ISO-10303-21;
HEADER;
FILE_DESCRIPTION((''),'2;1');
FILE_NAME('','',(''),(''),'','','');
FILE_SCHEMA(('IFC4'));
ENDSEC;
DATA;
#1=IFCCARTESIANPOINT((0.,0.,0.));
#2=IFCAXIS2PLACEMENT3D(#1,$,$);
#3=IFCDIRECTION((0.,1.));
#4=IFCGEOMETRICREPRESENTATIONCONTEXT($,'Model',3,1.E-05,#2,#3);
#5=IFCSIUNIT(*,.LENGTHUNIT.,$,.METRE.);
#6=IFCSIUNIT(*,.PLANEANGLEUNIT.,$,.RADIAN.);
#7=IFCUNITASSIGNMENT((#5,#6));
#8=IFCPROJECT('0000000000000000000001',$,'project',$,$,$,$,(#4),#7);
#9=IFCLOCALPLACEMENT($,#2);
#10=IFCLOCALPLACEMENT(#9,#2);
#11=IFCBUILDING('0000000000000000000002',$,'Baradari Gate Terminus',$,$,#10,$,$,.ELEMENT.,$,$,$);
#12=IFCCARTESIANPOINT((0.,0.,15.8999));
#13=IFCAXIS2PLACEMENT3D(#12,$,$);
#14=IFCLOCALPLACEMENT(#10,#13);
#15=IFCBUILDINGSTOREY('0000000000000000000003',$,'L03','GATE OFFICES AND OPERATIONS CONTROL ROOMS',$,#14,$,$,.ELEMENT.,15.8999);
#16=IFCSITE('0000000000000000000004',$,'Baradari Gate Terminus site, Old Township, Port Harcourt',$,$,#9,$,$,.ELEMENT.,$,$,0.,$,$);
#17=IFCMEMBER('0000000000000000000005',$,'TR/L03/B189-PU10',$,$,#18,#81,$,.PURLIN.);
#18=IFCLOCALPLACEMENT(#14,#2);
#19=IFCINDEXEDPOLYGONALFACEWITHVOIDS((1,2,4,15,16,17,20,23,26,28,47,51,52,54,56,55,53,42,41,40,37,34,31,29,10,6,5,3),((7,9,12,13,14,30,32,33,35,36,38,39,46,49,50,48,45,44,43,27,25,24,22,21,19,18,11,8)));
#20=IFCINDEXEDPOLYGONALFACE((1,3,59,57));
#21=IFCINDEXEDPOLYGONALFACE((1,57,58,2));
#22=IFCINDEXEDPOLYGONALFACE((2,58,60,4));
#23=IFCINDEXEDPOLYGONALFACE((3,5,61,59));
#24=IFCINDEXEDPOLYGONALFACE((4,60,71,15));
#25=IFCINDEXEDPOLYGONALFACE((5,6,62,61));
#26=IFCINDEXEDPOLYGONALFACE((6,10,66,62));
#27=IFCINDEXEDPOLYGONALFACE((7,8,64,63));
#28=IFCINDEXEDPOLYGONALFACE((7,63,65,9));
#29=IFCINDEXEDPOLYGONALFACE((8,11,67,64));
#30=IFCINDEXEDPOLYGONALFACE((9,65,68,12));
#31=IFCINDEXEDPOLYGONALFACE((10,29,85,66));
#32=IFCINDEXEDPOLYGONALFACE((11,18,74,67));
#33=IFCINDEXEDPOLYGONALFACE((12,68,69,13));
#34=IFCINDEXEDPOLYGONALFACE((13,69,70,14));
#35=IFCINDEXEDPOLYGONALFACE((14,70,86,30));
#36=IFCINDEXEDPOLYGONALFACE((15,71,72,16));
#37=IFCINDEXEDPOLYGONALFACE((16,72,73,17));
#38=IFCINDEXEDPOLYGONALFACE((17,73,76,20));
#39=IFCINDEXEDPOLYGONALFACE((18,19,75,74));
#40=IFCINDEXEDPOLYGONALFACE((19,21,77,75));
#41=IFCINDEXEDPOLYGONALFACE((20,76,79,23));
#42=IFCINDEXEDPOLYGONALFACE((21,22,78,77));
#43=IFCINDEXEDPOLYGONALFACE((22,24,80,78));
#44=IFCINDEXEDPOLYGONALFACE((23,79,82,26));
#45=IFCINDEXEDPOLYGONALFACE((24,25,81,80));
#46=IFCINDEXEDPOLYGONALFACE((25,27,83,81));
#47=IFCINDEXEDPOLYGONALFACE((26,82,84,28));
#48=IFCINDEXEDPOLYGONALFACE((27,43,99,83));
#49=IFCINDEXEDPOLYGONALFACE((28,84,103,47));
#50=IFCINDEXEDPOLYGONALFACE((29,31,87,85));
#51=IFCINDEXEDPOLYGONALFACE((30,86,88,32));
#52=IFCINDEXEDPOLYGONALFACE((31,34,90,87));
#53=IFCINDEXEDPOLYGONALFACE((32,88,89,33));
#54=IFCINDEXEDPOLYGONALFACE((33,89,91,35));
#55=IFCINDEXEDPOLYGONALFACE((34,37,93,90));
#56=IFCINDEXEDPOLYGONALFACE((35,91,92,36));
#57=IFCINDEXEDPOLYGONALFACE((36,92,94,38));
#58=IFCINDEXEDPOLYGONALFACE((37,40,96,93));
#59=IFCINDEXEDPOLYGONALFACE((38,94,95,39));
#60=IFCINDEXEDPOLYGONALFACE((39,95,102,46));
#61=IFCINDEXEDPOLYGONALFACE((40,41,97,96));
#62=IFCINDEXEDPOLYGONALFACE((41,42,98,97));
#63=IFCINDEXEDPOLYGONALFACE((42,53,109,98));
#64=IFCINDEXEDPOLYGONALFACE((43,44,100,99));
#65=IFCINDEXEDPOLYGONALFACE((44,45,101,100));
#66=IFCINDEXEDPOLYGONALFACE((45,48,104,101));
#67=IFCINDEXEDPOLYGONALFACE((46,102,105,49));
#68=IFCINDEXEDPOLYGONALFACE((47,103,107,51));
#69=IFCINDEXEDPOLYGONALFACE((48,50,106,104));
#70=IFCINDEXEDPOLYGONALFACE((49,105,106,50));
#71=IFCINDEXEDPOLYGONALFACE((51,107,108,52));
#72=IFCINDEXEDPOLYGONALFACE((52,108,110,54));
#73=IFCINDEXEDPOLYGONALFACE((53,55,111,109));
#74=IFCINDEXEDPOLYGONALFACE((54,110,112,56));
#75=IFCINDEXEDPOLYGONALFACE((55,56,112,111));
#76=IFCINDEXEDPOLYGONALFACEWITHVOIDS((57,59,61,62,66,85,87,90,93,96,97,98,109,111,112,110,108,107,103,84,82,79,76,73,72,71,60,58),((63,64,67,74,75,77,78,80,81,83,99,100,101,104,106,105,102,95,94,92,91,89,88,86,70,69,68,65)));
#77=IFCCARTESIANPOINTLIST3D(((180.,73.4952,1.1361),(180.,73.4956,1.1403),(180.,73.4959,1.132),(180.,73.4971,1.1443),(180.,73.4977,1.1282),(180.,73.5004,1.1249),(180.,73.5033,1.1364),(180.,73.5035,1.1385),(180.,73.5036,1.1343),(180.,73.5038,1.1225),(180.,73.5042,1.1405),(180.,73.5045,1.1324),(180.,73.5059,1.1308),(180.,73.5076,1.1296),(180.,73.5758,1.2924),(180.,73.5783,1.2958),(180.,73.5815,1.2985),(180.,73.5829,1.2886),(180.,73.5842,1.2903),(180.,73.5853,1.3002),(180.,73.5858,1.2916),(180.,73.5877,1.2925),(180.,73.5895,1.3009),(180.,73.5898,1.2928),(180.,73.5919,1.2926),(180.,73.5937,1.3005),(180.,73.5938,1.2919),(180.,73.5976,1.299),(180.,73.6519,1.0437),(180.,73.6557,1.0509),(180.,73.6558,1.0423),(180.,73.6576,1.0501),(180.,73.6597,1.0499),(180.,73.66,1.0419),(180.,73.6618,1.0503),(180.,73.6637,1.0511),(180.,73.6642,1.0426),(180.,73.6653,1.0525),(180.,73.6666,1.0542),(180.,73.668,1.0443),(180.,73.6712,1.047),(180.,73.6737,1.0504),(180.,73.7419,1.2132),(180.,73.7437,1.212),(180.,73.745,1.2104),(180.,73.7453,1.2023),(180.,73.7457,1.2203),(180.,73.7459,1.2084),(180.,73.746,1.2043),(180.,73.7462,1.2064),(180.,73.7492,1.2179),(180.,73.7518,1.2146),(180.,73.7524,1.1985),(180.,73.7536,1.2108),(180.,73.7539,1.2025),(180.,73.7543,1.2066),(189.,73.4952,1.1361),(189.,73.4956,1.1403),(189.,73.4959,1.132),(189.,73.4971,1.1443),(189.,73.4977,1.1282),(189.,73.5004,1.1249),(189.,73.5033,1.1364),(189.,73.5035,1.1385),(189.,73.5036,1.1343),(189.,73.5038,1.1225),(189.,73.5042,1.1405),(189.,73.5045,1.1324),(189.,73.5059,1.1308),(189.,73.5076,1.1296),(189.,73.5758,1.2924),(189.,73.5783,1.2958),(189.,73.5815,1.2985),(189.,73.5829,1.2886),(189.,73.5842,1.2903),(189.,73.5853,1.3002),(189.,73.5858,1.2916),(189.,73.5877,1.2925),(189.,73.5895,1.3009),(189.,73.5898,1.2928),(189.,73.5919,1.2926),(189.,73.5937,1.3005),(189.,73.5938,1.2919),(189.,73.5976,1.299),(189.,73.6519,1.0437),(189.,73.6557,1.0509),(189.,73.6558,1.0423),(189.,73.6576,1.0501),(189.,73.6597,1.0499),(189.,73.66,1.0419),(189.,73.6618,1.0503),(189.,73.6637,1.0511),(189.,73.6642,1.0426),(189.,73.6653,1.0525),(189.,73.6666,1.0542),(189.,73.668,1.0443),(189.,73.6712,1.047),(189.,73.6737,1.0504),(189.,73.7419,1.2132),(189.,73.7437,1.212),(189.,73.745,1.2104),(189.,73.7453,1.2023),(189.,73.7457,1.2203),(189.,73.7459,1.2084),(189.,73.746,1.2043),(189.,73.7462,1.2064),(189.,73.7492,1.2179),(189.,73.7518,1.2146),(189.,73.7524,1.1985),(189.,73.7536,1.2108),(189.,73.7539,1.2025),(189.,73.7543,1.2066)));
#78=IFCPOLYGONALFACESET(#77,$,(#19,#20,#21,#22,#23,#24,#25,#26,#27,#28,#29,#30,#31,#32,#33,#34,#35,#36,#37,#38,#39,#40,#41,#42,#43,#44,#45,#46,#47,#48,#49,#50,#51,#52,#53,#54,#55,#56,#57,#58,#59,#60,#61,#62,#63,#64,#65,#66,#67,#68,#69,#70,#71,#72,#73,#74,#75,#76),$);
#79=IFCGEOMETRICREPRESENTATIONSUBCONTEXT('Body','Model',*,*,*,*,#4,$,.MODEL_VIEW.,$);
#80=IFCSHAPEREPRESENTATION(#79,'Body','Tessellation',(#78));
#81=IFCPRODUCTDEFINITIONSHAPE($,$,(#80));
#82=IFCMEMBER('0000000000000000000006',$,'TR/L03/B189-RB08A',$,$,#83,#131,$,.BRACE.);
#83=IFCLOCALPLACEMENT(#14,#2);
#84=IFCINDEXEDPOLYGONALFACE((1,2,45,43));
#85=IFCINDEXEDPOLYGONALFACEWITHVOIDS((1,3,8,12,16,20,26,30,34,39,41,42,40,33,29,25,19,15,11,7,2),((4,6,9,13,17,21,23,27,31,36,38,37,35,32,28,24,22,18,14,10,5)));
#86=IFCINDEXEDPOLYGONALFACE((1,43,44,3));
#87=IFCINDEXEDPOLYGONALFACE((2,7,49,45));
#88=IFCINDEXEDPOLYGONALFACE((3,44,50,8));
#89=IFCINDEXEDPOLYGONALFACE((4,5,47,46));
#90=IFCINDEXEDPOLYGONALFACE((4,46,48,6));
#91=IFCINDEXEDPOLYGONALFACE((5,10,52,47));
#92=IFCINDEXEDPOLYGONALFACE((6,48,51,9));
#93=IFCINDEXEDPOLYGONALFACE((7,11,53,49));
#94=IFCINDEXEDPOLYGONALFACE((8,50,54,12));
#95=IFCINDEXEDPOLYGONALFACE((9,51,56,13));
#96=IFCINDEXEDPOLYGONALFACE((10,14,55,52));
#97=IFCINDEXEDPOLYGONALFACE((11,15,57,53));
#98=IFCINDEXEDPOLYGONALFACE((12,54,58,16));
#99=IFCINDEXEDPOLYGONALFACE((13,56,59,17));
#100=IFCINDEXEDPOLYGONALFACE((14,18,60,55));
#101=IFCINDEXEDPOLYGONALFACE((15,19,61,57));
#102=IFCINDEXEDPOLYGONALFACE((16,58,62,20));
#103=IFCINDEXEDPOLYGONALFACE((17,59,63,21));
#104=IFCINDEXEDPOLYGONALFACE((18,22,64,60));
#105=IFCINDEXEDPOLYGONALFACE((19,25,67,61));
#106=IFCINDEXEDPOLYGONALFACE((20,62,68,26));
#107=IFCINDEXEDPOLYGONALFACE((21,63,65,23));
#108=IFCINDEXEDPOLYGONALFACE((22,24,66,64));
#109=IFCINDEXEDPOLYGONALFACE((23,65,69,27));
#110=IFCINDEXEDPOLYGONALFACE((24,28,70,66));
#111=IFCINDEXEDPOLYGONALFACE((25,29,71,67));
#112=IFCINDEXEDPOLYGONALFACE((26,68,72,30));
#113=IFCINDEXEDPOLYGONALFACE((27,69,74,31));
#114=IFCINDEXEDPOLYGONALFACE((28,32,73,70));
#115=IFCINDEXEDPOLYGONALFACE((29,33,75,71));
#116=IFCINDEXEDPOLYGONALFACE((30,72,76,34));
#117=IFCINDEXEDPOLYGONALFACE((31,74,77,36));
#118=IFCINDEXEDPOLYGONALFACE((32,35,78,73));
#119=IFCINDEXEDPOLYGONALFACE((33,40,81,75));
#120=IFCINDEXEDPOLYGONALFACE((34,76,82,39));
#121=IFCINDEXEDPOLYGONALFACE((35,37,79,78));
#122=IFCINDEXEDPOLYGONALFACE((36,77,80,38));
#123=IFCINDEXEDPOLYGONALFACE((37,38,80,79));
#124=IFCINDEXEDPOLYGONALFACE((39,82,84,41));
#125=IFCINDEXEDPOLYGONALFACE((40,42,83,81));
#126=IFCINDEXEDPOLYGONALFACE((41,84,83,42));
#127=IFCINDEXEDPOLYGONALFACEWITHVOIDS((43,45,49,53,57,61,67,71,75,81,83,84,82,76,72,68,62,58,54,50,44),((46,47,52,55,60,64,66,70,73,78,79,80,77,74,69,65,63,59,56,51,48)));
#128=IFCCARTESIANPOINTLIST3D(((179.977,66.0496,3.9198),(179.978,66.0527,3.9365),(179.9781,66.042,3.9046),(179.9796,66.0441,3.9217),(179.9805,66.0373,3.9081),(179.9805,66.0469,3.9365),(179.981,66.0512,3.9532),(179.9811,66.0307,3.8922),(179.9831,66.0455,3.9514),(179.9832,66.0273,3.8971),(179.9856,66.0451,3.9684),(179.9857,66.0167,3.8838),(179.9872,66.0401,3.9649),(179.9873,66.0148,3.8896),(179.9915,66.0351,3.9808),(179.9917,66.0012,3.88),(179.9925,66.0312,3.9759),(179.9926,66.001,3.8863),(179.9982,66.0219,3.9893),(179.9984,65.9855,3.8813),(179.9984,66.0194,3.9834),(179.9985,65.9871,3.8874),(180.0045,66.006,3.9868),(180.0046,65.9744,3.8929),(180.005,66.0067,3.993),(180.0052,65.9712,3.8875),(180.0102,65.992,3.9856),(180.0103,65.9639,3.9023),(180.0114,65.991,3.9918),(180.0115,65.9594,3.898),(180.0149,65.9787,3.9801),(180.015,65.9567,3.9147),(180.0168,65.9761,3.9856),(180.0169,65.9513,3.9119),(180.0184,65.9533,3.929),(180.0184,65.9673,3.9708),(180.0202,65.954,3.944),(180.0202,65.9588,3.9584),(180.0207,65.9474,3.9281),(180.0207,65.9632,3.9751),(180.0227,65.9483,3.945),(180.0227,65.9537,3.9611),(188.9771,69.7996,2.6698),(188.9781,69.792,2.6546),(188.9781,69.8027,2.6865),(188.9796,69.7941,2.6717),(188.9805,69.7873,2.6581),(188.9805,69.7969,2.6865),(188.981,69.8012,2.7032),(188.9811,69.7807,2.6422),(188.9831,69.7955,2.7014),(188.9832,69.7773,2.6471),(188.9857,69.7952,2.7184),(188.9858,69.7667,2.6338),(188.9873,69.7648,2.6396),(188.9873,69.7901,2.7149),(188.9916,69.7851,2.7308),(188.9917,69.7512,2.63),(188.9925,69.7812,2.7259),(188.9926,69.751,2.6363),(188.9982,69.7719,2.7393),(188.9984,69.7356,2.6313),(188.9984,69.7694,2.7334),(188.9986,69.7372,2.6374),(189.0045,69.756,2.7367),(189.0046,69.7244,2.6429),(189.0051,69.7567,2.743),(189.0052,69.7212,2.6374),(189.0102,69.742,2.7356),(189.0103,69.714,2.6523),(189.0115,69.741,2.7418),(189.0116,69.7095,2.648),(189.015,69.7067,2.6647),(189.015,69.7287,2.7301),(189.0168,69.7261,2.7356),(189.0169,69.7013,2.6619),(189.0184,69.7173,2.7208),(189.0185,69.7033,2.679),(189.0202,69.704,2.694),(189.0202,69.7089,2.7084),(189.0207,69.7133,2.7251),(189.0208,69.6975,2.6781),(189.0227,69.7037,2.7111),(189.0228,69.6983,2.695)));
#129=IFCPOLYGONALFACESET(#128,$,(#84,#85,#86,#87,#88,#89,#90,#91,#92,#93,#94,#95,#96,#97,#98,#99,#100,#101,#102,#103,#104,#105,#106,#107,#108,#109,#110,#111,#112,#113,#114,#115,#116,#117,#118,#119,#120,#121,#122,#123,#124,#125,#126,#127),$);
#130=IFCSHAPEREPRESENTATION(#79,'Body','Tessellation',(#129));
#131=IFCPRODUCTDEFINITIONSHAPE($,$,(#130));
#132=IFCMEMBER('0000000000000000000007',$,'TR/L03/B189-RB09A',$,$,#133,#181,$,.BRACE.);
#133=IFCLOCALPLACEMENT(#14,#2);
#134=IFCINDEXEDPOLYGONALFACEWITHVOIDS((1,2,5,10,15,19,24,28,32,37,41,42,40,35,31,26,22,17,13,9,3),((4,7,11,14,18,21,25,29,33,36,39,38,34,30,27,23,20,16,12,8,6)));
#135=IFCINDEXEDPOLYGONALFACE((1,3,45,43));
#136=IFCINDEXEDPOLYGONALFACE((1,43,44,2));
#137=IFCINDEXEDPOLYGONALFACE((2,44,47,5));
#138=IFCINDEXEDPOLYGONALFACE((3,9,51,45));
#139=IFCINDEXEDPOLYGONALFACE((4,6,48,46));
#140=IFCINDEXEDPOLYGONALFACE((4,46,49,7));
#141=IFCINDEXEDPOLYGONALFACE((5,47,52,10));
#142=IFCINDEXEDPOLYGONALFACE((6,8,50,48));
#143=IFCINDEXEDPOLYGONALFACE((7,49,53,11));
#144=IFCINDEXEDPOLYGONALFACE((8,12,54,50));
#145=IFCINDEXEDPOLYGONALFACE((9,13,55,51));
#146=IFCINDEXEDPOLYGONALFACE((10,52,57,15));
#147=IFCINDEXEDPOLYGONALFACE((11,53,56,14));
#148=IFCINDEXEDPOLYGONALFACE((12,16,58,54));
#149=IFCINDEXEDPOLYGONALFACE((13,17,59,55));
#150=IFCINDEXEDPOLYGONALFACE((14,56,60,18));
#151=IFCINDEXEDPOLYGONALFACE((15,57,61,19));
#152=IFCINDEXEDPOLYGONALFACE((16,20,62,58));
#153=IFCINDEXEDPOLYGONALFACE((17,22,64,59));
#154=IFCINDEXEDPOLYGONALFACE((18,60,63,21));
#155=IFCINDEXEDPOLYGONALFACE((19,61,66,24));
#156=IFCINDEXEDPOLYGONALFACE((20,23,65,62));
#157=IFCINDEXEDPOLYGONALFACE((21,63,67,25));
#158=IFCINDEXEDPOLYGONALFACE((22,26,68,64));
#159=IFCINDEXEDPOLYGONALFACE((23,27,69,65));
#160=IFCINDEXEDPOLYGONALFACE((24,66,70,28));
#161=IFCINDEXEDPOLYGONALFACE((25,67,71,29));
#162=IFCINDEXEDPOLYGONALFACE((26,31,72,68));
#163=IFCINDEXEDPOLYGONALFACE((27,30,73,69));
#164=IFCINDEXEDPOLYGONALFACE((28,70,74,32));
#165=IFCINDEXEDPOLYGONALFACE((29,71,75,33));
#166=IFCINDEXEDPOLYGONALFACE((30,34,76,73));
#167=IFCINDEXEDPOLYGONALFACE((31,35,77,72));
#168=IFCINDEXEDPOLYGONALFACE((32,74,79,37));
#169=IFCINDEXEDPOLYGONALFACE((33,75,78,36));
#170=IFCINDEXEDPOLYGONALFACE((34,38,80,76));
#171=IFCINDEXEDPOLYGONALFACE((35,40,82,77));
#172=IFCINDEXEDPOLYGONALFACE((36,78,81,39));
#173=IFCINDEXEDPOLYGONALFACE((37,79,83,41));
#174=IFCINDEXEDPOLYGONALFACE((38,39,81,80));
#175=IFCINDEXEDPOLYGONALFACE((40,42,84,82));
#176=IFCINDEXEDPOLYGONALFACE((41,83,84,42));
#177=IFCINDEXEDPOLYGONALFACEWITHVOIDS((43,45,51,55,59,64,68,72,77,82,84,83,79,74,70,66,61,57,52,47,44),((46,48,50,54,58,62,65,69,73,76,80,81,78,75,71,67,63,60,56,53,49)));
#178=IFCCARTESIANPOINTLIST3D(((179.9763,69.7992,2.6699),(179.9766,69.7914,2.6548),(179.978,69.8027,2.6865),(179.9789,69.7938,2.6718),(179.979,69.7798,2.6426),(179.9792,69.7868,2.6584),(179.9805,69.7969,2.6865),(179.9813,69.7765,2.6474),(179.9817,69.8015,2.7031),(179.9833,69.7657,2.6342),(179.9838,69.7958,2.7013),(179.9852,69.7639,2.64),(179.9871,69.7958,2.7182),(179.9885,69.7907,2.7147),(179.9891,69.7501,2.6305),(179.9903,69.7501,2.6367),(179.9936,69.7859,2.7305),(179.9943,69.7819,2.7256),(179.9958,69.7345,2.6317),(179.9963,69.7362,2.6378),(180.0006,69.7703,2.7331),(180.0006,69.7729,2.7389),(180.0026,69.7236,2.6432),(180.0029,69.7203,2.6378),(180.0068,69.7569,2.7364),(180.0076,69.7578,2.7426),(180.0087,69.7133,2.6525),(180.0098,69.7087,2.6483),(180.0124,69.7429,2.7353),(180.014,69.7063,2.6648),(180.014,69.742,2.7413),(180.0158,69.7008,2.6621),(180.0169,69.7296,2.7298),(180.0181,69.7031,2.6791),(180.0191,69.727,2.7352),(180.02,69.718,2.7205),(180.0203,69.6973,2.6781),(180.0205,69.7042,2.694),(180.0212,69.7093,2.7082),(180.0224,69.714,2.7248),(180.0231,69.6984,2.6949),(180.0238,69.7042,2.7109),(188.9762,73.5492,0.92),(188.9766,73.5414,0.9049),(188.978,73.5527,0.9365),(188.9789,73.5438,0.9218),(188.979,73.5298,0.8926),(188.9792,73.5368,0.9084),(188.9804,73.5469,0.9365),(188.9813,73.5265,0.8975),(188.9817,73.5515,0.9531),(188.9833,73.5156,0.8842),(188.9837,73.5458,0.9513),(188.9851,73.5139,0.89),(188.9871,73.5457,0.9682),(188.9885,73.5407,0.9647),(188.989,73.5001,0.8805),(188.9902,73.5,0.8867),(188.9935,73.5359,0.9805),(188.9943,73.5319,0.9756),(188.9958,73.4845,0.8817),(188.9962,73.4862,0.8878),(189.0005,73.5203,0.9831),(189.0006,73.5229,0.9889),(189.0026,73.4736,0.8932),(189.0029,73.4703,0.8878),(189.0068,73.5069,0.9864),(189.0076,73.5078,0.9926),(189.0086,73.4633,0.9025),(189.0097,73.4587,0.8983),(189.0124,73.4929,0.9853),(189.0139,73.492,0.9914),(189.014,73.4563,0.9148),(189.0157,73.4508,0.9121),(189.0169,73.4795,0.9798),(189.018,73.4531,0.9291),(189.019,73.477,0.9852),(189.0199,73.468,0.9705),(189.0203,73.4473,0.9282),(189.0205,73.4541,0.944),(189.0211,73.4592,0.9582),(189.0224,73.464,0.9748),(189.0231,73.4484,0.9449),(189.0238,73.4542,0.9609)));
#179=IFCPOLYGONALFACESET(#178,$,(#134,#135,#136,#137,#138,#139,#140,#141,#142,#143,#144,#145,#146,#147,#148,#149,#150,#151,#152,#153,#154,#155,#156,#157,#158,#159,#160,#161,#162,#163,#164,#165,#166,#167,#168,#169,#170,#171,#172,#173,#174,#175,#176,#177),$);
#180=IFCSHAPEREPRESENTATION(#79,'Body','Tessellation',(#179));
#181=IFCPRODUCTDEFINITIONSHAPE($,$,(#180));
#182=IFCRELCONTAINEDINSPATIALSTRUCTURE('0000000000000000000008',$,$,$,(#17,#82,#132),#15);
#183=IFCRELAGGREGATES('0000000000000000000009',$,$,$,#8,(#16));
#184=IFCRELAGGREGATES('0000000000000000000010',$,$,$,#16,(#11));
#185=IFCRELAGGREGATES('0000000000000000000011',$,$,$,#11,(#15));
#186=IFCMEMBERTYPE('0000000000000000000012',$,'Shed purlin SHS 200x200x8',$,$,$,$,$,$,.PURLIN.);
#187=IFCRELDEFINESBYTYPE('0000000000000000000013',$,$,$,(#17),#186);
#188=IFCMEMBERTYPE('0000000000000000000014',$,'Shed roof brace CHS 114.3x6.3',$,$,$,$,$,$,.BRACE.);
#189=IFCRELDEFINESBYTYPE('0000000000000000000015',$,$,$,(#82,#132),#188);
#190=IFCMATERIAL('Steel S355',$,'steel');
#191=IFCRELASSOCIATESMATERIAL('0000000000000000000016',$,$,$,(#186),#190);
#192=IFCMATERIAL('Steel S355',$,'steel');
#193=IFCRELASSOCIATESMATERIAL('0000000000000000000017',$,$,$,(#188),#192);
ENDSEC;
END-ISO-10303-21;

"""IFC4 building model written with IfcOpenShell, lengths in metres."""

from ifc_helpers import new_model, si_unit, direction, frame, origin, origin_2d, place, context, subcontext, project, spatial, hollow_rectangle, hollow_circle, extrude, material, material_profile, profile_set, type_object, element, save


model = new_model("IFC4")

# Units and contexts
model_context = context("Model", 3, precision=1e-05, world=origin(), true_north=direction((0.0, 1.0)))
body_context = subcontext(model_context, "Body", "Model", "MODEL_VIEW")
ifc_project = project(units=[si_unit("LENGTHUNIT", "METRE"), si_unit("PLANEANGLEUNIT", "RADIAN")], contexts=[model_context])

# Site, building, storey
site_placement = place(None, origin())
site = spatial("IfcSite", under=ifc_project, at=site_placement, Name="Baradari Gate Terminus site, Old Township, Port Harcourt", CompositionType="ELEMENT", RefElevation=0.0)
building_placement = place(site_placement, origin())
building = spatial("IfcBuilding", under=site, at=building_placement, Name="Baradari Gate Terminus", CompositionType="ELEMENT")
storey_placement = place(building_placement, frame((0.0, 0.0, 15.8999)))
storey = spatial("IfcBuildingStorey", under=building, at=storey_placement, Name="L03", Description="GATE OFFICES AND OPERATIONS CONTROL ROOMS", CompositionType="ELEMENT", Elevation=15.8999)

# Members
ifc_material_1 = material(Name="Steel S355", Category="steel")
ifc_material_profile_1 = material_profile(ifc_material_1, hollow_rectangle(XDim=0.2, YDim=0.2, WallThickness=0.0081, InnerFilletRadius=0.0081, OuterFilletRadius=0.0161, at=origin_2d()), Name="SHS 200x200x8")
ifc_profile_set_1 = profile_set([ifc_material_profile_1], Name="Steel S355")
member_type_1 = type_object("IfcMemberType", Name="Shed purlin SHS 200x200x8", PredefinedType="PURLIN", material=ifc_profile_set_1)
for number, where, z_axis, x_axis, name in (
    (1, (180.0, 73.6248, 1.1714), (1.0, 0.0, 0.0), (0.0, 0.883027, -0.469322), "TR/L03/B189-PU10"),
):
    element("IfcMember", number, at=place(storey_placement, frame(where, z_axis=z_axis, x_axis=x_axis)), inside=storey, type_object=member_type_1, Name=name, PredefinedType="PURLIN", context=body_context, shape_type="SweptSolid", body=[
        extrude(hollow_rectangle(XDim=0.2, YDim=0.2, WallThickness=0.0081, InnerFilletRadius=0.0081, OuterFilletRadius=0.0161, at=origin_2d()), origin(), (0.0, 0.0, 1.0), 9.0),
    ])
ifc_material_2 = material(Name="Steel S355", Category="steel")
ifc_material_profile_2 = material_profile(ifc_material_2, hollow_circle(Radius=0.0571, WallThickness=0.0063, at=origin_2d()), Name="CHS 114.3x6.3")
ifc_profile_set_2 = profile_set([ifc_material_profile_2], Name="Steel S355")
member_type_2 = type_object("IfcMemberType", Name="Shed roof brace CHS 114.3x6.3", PredefinedType="BRACE", material=ifc_profile_set_2)
member_1_placement = place(storey_placement, frame((180.0, 66.0, 3.9365), z_axis=(0.915583, 0.381493, -0.127164), x_axis=(-0.384615, 0.923077, 0.0)))
element("IfcMember", 2, at=member_1_placement, inside=storey, type_object=member_type_2, Name="TR/L03/B189-RB08A", PredefinedType="BRACE", context=body_context, shape_type="SweptSolid", body=[
    extrude(hollow_circle(Radius=0.0571, WallThickness=0.0063, at=origin_2d()), origin(), (0.0, 0.0, 1.0), 9.8298),
])
member_2_placement = place(storey_placement, frame((180.0, 69.75, 2.6865), z_axis=(0.908558, 0.378566, -0.176664), x_axis=(-0.384615, 0.923077, 0.0)))
element("IfcMember", 3, at=member_2_placement, inside=storey, type_object=member_type_2, Name="TR/L03/B189-RB09A", PredefinedType="BRACE", context=body_context, shape_type="SweptSolid", body=[
    extrude(hollow_circle(Radius=0.0571, WallThickness=0.0063, at=origin_2d()), origin(), (0.0, 0.0, 1.0), 9.9058),
])

save(model, "model.ifc")
